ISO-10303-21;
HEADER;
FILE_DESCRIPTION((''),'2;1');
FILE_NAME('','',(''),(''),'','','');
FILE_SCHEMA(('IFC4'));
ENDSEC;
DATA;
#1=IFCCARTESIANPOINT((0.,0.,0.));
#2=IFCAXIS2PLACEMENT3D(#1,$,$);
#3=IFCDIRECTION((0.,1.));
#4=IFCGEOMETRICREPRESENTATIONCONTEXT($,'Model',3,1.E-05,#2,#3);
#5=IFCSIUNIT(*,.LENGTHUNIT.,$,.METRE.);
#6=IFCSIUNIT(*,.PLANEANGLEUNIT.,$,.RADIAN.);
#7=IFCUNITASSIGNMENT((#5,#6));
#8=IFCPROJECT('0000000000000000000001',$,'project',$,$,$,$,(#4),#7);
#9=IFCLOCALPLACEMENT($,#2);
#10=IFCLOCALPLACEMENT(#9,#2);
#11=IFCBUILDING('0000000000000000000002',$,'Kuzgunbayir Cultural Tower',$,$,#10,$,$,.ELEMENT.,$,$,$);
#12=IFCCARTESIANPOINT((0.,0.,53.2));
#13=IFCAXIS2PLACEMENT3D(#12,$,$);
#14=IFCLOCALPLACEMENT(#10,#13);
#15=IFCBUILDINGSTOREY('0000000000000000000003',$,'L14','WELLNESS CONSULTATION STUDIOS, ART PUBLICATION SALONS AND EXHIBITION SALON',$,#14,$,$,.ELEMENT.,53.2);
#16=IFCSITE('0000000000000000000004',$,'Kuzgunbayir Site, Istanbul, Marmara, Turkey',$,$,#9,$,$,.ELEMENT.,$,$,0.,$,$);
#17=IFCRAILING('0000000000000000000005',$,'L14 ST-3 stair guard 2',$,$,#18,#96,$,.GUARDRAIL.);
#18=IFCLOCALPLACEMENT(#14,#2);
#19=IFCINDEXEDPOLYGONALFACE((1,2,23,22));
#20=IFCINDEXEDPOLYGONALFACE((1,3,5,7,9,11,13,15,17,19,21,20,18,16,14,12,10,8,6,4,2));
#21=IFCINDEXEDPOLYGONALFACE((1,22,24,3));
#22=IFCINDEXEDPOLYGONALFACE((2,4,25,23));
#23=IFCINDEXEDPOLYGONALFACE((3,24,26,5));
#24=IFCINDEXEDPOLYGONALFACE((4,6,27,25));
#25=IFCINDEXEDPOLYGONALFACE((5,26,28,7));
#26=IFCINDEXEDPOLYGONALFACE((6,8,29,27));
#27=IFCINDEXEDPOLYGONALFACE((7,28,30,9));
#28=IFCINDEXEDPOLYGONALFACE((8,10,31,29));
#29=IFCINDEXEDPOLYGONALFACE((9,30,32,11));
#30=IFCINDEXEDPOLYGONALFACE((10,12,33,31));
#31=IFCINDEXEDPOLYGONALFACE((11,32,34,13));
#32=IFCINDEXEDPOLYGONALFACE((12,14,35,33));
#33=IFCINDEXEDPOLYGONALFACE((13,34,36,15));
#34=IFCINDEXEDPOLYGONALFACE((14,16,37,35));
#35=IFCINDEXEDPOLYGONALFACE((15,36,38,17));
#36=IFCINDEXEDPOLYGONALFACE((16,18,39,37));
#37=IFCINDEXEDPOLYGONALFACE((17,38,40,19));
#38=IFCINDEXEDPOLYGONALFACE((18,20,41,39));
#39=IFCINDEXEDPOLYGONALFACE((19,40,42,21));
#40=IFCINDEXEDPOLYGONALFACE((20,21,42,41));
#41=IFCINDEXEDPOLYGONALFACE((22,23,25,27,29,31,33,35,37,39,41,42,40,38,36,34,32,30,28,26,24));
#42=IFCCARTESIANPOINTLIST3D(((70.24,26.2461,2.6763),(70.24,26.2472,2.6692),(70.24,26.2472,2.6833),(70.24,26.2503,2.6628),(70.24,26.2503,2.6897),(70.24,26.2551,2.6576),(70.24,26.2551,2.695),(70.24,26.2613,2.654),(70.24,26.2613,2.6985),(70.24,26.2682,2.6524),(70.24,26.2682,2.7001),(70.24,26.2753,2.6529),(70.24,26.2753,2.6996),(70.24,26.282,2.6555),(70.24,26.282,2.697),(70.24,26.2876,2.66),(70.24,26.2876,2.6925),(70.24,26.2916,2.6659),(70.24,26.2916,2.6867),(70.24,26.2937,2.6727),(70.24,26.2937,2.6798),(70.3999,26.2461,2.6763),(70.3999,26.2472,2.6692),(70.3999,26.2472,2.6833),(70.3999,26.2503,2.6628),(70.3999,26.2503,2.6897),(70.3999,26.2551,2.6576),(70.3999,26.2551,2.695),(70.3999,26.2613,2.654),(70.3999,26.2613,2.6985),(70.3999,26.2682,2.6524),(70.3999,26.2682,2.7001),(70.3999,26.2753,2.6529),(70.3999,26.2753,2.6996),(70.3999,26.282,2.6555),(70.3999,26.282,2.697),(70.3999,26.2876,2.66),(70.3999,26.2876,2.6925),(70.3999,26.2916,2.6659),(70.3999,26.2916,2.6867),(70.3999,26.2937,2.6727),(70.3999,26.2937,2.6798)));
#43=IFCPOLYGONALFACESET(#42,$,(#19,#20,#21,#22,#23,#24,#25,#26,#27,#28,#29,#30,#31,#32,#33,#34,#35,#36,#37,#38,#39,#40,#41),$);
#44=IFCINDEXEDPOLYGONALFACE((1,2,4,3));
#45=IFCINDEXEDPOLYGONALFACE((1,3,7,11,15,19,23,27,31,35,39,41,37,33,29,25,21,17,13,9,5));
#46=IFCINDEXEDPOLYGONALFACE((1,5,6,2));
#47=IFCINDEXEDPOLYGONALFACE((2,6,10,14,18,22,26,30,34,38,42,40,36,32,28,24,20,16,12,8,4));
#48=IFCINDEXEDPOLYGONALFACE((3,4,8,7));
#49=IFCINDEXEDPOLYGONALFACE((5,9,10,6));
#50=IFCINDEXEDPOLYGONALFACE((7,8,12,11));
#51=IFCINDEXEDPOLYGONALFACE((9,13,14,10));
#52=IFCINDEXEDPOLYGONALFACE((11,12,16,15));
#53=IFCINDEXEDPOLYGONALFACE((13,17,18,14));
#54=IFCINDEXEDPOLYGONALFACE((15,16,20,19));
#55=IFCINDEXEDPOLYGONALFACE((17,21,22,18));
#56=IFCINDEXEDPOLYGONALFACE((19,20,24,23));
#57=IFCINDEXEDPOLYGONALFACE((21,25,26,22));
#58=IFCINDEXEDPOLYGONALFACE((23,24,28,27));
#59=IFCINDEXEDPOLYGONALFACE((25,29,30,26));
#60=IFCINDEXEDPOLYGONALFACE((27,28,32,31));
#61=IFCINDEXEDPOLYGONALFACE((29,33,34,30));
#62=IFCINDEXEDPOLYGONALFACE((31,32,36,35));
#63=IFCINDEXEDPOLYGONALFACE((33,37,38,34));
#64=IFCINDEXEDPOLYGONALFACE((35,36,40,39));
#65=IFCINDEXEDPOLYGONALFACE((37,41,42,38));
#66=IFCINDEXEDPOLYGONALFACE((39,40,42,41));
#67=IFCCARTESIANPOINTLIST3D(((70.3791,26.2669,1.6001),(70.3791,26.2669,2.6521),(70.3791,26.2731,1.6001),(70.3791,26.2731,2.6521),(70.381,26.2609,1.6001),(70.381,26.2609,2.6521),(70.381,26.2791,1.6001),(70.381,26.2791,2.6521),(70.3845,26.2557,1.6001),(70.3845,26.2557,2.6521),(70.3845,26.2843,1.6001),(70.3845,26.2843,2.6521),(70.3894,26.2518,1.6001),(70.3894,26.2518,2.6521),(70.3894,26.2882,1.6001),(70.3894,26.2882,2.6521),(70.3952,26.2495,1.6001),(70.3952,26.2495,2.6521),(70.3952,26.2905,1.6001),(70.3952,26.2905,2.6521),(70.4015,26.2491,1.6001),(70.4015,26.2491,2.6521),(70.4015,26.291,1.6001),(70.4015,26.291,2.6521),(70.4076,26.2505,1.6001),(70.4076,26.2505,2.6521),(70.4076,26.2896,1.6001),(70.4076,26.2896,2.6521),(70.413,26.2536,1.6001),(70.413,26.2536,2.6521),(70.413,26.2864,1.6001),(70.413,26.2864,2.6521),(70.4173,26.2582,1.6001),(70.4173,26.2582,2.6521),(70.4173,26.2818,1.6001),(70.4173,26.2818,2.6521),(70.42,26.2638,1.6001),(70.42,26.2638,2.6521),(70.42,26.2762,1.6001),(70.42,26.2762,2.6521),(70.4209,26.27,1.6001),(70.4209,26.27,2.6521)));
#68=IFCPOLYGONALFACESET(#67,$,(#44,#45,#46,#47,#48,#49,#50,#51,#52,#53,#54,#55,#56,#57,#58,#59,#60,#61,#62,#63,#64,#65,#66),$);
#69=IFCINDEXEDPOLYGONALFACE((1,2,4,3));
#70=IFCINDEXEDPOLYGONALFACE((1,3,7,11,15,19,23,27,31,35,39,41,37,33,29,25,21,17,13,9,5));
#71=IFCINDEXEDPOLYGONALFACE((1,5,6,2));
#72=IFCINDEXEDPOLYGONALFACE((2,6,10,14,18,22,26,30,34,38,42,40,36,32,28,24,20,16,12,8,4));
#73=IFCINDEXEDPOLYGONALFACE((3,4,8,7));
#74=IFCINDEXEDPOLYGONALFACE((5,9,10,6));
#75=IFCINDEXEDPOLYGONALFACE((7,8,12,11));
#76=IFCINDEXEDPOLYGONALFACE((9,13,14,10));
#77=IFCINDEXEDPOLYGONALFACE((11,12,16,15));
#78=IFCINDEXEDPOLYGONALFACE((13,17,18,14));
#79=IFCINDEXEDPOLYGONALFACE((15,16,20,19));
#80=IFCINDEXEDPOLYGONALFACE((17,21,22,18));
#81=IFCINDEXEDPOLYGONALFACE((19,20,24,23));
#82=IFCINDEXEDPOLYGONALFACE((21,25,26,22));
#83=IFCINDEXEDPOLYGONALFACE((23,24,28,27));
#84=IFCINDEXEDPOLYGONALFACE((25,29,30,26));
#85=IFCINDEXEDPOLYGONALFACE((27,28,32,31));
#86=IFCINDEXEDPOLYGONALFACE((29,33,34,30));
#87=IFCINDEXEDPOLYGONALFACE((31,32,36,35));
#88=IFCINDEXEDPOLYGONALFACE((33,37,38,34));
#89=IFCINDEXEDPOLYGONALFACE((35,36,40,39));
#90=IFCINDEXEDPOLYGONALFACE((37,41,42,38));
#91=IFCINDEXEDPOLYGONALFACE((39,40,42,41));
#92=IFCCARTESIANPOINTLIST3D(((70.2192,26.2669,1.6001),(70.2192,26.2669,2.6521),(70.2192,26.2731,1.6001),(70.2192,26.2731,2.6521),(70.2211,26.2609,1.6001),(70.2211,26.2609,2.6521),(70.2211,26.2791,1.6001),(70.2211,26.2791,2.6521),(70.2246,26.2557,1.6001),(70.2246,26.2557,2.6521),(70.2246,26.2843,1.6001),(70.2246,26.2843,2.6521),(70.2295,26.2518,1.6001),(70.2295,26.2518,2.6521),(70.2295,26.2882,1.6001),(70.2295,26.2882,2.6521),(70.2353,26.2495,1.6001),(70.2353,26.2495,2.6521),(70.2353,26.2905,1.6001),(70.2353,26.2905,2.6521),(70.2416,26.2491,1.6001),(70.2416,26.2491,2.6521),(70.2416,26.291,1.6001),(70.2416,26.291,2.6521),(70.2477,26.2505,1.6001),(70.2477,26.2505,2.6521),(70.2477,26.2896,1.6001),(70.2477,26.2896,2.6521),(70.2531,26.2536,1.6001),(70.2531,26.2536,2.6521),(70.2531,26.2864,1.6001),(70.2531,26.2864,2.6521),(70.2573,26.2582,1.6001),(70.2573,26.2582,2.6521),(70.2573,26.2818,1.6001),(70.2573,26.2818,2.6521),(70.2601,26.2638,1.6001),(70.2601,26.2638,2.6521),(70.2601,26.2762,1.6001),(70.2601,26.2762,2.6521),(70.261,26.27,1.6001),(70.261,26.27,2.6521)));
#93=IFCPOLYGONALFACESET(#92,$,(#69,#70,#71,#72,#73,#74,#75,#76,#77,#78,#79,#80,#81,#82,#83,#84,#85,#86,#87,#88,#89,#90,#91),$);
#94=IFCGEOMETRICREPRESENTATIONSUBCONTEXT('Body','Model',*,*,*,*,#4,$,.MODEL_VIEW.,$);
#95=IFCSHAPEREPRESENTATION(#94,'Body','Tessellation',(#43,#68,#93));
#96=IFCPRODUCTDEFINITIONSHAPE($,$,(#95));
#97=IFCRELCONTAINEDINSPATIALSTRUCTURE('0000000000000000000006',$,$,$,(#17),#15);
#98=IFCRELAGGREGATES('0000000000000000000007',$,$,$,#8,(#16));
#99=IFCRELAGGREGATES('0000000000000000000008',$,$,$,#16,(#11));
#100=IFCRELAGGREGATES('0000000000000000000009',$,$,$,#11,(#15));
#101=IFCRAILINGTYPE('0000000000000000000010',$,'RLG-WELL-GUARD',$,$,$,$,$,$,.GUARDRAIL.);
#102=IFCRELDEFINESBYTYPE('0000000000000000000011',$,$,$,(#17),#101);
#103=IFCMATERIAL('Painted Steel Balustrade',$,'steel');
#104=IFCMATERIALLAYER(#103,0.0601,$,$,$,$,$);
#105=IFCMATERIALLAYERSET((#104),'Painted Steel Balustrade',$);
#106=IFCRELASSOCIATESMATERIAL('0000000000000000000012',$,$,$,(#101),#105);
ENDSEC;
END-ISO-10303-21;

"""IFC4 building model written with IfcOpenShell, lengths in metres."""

from ifc_helpers import new_model, si_unit, direction, frame, origin, origin_2d, place, context, subcontext, project, spatial, circle, extrude, material, layer, layer_set, type_object, element, save


model = new_model("IFC4")

# Units and contexts
model_context = context("Model", 3, precision=1e-05, world=origin(), true_north=direction((0.0, 1.0)))
body_context = subcontext(model_context, "Body", "Model", "MODEL_VIEW")
ifc_project = project(units=[si_unit("LENGTHUNIT", "METRE"), si_unit("PLANEANGLEUNIT", "RADIAN")], contexts=[model_context])

# Site, building, storey
site_placement = place(None, origin())
site = spatial("IfcSite", under=ifc_project, at=site_placement, Name="Kuzgunbayir Site, Istanbul, Marmara, Turkey", CompositionType="ELEMENT", RefElevation=0.0)
building_placement = place(site_placement, origin())
building = spatial("IfcBuilding", under=site, at=building_placement, Name="Kuzgunbayir Cultural Tower", CompositionType="ELEMENT")
storey_placement = place(building_placement, frame((0.0, 0.0, 53.2)))
storey = spatial("IfcBuildingStorey", under=building, at=storey_placement, Name="L14", Description="WELLNESS CONSULTATION STUDIOS, ART PUBLICATION SALONS AND EXHIBITION SALON", CompositionType="ELEMENT", Elevation=53.2)

# Railing
ifc_material_1 = material(Name="Painted Steel Balustrade", Category="steel")
ifc_layer_1 = layer(ifc_material_1, 0.0601)
ifc_layer_set_1 = layer_set([ifc_layer_1], Name="Painted Steel Balustrade")
railing_type_1 = type_object("IfcRailingType", Name="RLG-WELL-GUARD", PredefinedType="GUARDRAIL", material=ifc_layer_set_1)
railing_1_placement = place(storey_placement, frame((70.3999, 26.27, 1.6001)))
element("IfcRailing", 1, at=railing_1_placement, inside=storey, type_object=railing_type_1, Name="L14 ST-3 stair guard 2", PredefinedType="GUARDRAIL", context=body_context, shape_type="SweptSolid", body=[
    extrude(circle(Radius=0.0239, at=origin_2d()), frame((0.0, 0.0, 1.0762), z_axis=(-1.0, 0.0, 0.0), x_axis=(0.0, -1.0, 0.0)), (0.0, 0.0, 1.0), 0.1599),
    extrude(circle(Radius=0.021, at=origin_2d()), origin(), (0.0, 0.0, 1.0), 1.052),
    extrude(circle(Radius=0.021, at=origin_2d()), frame((-0.1599, 0.0, 0.0)), (0.0, 0.0, 1.0), 1.052),
])

save(model, "model.ifc")
